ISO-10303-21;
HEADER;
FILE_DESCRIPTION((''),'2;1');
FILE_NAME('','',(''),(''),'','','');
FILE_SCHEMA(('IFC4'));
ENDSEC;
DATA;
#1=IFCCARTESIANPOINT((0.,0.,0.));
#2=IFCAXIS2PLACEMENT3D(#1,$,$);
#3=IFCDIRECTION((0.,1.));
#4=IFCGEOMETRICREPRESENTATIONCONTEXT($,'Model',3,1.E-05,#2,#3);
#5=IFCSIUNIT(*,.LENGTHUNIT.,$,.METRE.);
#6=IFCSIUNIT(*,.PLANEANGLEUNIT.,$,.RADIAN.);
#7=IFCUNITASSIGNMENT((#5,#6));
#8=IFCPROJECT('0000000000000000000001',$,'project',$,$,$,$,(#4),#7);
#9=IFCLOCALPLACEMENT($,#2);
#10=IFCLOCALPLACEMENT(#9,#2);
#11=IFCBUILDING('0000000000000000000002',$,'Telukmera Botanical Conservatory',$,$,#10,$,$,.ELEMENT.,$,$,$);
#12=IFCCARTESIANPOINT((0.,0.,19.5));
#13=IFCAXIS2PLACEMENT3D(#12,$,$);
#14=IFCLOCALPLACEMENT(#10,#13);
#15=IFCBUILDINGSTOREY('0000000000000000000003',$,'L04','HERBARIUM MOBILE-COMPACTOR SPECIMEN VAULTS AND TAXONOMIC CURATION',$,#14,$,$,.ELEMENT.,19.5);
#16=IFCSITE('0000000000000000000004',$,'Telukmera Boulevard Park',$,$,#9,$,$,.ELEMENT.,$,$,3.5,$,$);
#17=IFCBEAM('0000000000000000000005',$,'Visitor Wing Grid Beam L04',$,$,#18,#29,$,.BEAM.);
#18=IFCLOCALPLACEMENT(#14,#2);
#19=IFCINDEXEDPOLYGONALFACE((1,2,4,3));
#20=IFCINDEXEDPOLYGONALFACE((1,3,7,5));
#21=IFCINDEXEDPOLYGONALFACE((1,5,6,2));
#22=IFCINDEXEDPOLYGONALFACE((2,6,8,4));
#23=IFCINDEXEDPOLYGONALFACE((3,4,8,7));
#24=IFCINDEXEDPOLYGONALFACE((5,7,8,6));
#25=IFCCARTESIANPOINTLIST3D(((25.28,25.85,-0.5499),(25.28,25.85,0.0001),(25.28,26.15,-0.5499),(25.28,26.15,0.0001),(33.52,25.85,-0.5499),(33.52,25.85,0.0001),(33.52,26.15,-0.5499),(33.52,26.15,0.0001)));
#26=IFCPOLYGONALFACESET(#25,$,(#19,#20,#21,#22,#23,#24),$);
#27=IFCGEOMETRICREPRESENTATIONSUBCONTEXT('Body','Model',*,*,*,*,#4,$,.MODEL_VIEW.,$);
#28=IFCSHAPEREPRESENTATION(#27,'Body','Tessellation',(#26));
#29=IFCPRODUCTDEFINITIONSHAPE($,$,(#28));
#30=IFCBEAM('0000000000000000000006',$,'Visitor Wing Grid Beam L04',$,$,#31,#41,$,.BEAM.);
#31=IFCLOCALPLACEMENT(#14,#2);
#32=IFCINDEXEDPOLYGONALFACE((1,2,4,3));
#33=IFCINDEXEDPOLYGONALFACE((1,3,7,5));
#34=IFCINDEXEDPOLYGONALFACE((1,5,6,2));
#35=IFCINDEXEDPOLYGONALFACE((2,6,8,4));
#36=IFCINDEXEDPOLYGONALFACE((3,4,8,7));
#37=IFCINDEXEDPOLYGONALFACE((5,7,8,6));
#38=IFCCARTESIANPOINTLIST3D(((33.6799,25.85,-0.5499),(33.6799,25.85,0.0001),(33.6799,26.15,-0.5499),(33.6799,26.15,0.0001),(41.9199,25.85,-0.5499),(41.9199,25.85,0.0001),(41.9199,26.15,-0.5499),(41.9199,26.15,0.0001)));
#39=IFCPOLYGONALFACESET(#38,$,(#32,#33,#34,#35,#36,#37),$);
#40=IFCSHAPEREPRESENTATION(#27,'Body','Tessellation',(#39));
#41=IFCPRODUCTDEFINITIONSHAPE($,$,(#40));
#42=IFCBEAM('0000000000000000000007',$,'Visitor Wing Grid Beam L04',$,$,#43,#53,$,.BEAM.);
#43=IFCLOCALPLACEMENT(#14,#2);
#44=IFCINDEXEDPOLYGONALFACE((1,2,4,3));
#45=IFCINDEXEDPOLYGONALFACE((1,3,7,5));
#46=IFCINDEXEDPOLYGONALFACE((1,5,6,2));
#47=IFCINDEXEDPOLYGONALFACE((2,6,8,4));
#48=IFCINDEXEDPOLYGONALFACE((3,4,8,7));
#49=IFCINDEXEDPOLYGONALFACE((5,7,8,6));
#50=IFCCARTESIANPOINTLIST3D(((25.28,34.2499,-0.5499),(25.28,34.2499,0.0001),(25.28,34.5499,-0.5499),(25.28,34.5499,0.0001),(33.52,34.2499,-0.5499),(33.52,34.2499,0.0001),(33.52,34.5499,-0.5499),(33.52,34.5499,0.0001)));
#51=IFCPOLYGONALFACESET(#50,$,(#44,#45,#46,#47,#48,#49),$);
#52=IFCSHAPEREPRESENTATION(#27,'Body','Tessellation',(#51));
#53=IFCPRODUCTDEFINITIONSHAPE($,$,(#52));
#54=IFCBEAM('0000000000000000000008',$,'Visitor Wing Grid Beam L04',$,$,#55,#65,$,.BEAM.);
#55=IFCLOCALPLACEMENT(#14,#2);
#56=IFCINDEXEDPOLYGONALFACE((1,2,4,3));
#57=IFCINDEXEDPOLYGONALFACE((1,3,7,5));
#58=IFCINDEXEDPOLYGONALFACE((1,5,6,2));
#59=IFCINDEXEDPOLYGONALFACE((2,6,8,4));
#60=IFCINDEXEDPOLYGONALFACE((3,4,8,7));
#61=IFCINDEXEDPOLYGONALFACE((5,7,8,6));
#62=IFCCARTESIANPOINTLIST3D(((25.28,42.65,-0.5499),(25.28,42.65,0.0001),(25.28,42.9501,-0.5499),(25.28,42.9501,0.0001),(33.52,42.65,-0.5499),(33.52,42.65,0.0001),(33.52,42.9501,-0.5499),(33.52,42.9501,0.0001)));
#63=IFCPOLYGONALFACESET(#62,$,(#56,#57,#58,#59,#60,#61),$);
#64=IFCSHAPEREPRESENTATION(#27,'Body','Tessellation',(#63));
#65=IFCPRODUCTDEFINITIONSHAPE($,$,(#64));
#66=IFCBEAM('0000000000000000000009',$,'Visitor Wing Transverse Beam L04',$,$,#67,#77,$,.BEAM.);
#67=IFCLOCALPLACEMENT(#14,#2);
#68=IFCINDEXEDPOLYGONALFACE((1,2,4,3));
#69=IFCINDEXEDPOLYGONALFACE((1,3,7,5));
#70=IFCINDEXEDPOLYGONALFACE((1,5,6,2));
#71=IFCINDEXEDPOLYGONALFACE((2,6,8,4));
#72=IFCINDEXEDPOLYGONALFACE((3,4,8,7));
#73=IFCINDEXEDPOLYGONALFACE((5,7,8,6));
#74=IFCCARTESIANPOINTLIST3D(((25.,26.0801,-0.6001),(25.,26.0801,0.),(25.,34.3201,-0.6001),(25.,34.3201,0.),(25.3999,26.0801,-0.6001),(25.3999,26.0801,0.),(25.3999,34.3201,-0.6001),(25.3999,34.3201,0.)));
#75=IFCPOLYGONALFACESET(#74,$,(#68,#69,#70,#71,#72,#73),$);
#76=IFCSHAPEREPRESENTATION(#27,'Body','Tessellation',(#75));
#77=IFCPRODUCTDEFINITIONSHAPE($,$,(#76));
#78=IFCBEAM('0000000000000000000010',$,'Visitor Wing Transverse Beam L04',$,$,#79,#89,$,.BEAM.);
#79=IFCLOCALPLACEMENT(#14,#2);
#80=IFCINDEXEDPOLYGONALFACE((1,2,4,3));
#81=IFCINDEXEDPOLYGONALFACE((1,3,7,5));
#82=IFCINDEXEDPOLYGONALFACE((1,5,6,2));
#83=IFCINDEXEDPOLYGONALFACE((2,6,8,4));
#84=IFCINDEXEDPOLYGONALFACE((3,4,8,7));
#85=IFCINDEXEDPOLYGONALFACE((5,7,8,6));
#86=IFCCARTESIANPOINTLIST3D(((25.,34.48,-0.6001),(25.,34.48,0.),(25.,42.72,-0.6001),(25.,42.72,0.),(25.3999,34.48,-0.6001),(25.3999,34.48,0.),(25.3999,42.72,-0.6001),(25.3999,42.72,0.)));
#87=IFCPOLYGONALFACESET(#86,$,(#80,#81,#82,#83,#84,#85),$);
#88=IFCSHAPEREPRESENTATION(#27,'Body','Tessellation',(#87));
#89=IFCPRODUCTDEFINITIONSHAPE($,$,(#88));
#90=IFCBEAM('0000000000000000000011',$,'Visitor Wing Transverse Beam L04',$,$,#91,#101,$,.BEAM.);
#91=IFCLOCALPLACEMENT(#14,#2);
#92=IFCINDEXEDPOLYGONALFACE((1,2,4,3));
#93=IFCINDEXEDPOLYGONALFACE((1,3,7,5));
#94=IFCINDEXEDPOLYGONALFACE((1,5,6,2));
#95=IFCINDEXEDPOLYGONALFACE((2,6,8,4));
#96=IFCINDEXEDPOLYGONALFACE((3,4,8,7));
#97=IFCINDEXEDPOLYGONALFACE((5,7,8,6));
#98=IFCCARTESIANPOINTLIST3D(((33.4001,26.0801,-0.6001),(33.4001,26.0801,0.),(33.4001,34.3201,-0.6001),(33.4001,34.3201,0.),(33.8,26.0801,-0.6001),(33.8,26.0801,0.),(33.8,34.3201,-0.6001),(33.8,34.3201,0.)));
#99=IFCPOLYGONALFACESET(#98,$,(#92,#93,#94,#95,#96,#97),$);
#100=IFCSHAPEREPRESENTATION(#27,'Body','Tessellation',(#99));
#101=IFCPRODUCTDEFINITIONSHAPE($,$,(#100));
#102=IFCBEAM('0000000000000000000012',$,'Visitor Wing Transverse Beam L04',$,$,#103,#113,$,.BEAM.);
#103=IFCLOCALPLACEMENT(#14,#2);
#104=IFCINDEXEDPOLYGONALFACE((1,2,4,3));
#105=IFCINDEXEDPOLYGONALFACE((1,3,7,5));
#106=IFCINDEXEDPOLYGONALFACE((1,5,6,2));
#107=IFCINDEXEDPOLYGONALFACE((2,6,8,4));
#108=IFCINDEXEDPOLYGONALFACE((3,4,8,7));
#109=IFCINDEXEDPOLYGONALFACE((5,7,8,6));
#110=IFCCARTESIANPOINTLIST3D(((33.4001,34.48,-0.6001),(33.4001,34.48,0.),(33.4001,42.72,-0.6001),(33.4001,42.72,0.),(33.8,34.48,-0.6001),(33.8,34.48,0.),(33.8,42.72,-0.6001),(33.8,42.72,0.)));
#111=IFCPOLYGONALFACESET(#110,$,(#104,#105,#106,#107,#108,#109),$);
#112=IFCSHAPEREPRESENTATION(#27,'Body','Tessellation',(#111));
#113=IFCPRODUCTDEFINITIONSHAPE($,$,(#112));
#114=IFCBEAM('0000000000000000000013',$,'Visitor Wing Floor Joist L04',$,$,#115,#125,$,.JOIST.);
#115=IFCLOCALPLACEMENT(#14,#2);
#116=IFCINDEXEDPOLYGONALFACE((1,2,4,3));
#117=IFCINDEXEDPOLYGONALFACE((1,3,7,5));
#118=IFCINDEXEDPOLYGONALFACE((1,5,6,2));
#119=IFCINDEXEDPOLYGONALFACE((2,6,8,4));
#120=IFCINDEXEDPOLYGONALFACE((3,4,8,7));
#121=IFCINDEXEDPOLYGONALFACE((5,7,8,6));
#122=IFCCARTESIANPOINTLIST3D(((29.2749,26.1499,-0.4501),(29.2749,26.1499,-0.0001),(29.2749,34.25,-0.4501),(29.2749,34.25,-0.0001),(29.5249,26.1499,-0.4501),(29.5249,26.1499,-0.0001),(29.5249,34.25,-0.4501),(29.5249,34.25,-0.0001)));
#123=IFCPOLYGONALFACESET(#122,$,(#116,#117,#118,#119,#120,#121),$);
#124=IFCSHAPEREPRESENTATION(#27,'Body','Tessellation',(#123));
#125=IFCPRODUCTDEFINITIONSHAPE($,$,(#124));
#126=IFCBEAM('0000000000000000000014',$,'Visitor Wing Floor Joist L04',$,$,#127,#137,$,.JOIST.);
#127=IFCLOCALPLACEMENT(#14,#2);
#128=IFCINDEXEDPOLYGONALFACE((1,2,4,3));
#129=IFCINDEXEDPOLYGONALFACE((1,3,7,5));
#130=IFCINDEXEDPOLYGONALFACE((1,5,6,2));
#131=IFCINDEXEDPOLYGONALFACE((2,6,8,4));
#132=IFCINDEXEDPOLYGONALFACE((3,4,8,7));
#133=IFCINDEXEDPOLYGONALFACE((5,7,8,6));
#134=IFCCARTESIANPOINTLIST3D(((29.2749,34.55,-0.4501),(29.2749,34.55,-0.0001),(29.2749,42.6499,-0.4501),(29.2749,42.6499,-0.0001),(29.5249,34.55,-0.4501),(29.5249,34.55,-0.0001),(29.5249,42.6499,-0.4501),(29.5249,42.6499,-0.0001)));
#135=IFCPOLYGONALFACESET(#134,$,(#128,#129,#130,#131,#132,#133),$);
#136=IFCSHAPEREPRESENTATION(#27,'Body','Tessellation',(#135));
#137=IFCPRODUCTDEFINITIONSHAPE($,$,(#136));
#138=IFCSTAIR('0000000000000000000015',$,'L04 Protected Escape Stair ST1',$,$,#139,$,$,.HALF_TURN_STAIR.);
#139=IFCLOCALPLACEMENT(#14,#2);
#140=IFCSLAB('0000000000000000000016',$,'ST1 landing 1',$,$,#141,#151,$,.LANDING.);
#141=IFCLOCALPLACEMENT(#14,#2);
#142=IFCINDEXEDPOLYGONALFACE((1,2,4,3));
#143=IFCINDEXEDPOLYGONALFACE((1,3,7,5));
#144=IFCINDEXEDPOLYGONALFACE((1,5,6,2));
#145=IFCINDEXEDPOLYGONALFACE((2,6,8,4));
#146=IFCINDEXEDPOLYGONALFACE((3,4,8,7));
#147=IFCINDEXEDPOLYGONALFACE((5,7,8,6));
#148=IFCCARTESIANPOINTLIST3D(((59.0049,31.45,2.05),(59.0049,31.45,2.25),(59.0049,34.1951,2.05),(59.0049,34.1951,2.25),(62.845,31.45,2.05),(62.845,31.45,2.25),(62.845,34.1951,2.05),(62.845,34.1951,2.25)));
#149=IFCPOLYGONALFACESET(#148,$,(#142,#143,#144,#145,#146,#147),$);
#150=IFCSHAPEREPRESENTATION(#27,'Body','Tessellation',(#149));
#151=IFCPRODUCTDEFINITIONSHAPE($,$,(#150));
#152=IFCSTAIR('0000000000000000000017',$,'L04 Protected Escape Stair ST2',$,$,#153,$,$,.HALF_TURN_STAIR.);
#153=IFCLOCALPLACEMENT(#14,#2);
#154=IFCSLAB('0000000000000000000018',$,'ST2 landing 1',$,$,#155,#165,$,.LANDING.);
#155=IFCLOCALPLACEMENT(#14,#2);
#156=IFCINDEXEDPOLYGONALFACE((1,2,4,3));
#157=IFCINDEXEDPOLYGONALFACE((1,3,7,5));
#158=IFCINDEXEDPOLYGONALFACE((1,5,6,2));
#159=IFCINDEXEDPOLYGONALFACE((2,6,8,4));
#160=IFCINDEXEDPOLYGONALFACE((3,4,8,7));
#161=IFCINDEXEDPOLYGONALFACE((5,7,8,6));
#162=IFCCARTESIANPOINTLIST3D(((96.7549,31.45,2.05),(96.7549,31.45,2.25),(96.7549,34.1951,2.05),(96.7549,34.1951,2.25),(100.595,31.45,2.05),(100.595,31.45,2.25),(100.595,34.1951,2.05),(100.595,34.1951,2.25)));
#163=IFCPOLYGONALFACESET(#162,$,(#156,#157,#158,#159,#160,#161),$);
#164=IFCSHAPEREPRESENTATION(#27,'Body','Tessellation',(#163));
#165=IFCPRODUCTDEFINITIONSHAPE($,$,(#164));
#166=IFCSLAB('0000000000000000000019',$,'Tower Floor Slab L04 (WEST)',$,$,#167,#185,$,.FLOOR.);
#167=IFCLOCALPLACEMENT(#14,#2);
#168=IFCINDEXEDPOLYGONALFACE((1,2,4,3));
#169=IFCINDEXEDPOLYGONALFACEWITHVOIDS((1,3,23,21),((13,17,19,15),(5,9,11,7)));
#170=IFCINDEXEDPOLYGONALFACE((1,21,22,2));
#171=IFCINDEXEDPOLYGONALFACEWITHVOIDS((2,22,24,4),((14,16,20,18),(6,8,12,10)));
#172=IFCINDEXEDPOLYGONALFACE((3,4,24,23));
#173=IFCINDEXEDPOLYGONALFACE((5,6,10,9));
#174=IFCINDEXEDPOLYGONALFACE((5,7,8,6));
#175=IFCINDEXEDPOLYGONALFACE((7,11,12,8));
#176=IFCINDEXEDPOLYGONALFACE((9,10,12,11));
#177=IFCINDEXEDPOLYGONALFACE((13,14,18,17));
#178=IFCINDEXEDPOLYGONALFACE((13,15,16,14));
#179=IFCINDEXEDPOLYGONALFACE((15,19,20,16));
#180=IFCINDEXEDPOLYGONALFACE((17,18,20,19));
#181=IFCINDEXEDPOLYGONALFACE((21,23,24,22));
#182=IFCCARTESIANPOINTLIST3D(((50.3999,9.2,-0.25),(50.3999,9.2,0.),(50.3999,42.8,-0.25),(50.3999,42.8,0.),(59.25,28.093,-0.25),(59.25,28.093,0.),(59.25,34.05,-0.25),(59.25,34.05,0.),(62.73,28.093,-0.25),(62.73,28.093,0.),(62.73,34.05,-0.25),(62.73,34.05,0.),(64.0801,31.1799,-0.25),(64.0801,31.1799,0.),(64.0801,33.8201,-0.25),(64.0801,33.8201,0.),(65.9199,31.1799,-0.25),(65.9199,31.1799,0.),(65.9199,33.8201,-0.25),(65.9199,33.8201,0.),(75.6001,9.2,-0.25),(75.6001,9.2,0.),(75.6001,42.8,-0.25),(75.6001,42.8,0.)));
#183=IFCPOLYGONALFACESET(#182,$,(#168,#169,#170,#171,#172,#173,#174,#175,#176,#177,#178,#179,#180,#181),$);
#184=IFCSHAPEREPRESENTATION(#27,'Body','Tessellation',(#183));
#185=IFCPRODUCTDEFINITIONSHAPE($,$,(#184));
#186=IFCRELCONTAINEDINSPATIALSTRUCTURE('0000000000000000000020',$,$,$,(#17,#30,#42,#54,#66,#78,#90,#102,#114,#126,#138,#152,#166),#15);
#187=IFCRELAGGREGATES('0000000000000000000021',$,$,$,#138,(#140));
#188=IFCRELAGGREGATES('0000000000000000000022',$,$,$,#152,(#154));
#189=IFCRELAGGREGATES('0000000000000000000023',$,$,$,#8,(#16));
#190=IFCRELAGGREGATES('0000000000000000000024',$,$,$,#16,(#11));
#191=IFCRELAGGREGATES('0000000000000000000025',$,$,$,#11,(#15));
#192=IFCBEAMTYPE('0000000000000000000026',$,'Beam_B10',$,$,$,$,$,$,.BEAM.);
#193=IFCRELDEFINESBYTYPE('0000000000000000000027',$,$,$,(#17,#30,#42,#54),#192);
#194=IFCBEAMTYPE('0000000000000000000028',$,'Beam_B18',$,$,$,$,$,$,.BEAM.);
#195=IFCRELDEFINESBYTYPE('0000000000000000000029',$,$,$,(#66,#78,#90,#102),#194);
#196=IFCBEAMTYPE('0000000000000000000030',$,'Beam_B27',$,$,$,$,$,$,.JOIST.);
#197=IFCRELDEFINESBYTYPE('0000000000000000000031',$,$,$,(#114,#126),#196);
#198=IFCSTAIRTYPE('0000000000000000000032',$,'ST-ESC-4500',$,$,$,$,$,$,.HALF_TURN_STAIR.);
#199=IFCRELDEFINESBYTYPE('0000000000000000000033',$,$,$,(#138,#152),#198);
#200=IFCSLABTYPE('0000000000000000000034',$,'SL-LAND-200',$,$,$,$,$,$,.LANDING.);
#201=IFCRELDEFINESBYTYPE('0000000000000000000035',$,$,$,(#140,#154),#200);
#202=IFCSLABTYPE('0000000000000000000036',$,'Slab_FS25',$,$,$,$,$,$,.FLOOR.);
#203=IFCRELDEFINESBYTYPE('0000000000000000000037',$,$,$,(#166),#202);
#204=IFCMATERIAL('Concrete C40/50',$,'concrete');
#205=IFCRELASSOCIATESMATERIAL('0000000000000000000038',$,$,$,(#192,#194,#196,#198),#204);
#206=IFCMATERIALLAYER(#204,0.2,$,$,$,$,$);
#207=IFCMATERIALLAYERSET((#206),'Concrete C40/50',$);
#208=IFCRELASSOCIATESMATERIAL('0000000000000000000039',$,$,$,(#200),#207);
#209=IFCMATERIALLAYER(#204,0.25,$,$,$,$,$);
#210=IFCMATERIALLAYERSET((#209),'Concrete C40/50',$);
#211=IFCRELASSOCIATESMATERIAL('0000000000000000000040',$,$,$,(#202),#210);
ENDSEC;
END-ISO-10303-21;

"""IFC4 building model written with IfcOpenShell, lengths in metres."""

from ifc_helpers import new_model, si_unit, direction, frame, origin, origin_2d, place, context, subcontext, project, spatial, polyline, rectangle, outline, extrude, material, layer, layer_set, material_profile, profile_set, type_object, element, aggregate, save


model = new_model("IFC4")

# Units and contexts
model_context = context("Model", 3, precision=1e-05, world=origin(), true_north=direction((0.0, 1.0)))
body_context = subcontext(model_context, "Body", "Model", "MODEL_VIEW")
ifc_project = project(units=[si_unit("LENGTHUNIT", "METRE"), si_unit("PLANEANGLEUNIT", "RADIAN")], contexts=[model_context])

# Site, building, storey
site_placement = place(None, origin())
site = spatial("IfcSite", under=ifc_project, at=site_placement, Name="Telukmera Boulevard Park", CompositionType="ELEMENT", RefElevation=3.5)
building_placement = place(site_placement, origin())
building = spatial("IfcBuilding", under=site, at=building_placement, Name="Telukmera Botanical Conservatory", CompositionType="ELEMENT")
storey_placement = place(building_placement, frame((0.0, 0.0, 19.5)))
storey = spatial("IfcBuildingStorey", under=building, at=storey_placement, Name="L04", Description="HERBARIUM MOBILE-COMPACTOR SPECIMEN VAULTS AND TAXONOMIC CURATION", CompositionType="ELEMENT", Elevation=19.5)

# Beams
ifc_material_1 = material(Name="Concrete C40/50", Category="concrete")
ifc_material_profile_1 = material_profile(ifc_material_1, rectangle(XDim=0.3, YDim=0.55, at=origin_2d()), Name="RC 300x550")
ifc_profile_set_1 = profile_set([ifc_material_profile_1], Name="Concrete C40/50")
beam_type_1 = type_object("IfcBeamType", Name="Beam_B10", PredefinedType="BEAM", material=ifc_profile_set_1)
for number, where, z_axis, x_axis, name in (
    (1, (25.28, 26.0, -0.2749), (1.0, 0.0, 0.0), (0.0, 1.0, 0.0), "Visitor Wing Grid Beam L04"),
    (2, (33.6799, 26.0, -0.2749), (1.0, 0.0, 0.0), (0.0, 1.0, 0.0), "Visitor Wing Grid Beam L04"),
    (3, (25.28, 34.3999, -0.2749), (1.0, 0.0, 0.0), (0.0, 1.0, 0.0), "Visitor Wing Grid Beam L04"),
    (4, (25.28, 42.8, -0.2749), (1.0, 0.0, 0.0), (0.0, 1.0, 0.0), "Visitor Wing Grid Beam L04"),
):
    element("IfcBeam", number, at=place(storey_placement, frame(where, z_axis=z_axis, x_axis=x_axis)), inside=storey, type_object=beam_type_1, Name=name, PredefinedType="BEAM", context=body_context, shape_type="SweptSolid", body=[
        extrude(rectangle(XDim=0.3, YDim=0.55, at=origin_2d()), origin(), (0.0, 0.0, 1.0), 8.24),
    ])
ifc_material_profile_2 = material_profile(ifc_material_1, rectangle(XDim=0.3999, YDim=0.6001, at=origin_2d()), Name="RC 400x600")
ifc_profile_set_2 = profile_set([ifc_material_profile_2], Name="Concrete C40/50")
beam_type_2 = type_object("IfcBeamType", Name="Beam_B18", PredefinedType="BEAM", material=ifc_profile_set_2)
for number, where, z_axis, x_axis, name in (
    (5, (25.2, 26.0801, -0.3), (0.0, 1.0, 0.0), (-1.0, 0.0, 0.0), "Visitor Wing Transverse Beam L04"),
    (6, (25.2, 34.48, -0.3), (0.0, 1.0, 0.0), (-1.0, 0.0, 0.0), "Visitor Wing Transverse Beam L04"),
    (7, (33.6001, 26.0801, -0.3), (0.0, 1.0, 0.0), (-1.0, 0.0, 0.0), "Visitor Wing Transverse Beam L04"),
    (8, (33.6001, 34.48, -0.3), (0.0, 1.0, 0.0), (-1.0, 0.0, 0.0), "Visitor Wing Transverse Beam L04"),
):
    element("IfcBeam", number, at=place(storey_placement, frame(where, z_axis=z_axis, x_axis=x_axis)), inside=storey, type_object=beam_type_2, Name=name, PredefinedType="BEAM", context=body_context, shape_type="SweptSolid", body=[
        extrude(rectangle(XDim=0.3999, YDim=0.6001, at=origin_2d()), origin(), (0.0, 0.0, 1.0), 8.24),
    ])
ifc_material_profile_3 = material_profile(ifc_material_1, rectangle(XDim=0.25, YDim=0.45, at=origin_2d()), Name="RC 250x450")
ifc_profile_set_3 = profile_set([ifc_material_profile_3], Name="Concrete C40/50")
beam_type_3 = type_object("IfcBeamType", Name="Beam_B27", PredefinedType="JOIST", material=ifc_profile_set_3)
beam_1_placement = place(storey_placement, frame((29.3999, 26.1499, -0.2251), z_axis=(0.0, 1.0, 0.0), x_axis=(-1.0, 0.0, 0.0)))
element("IfcBeam", 9, at=beam_1_placement, inside=storey, type_object=beam_type_3, Name="Visitor Wing Floor Joist L04", PredefinedType="JOIST", context=body_context, shape_type="SweptSolid", body=[
    extrude(rectangle(XDim=0.25, YDim=0.45, at=origin_2d()), origin(), (0.0, 0.0, 1.0), 8.1001),
])
beam_2_placement = place(storey_placement, frame((29.3999, 34.55, -0.2251), z_axis=(0.0, 1.0, 0.0), x_axis=(-1.0, 0.0, 0.0)))
element("IfcBeam", 10, at=beam_2_placement, inside=storey, type_object=beam_type_3, Name="Visitor Wing Floor Joist L04", PredefinedType="JOIST", context=body_context, shape_type="SweptSolid", body=[
    extrude(rectangle(XDim=0.25, YDim=0.45, at=origin_2d()), origin(), (0.0, 0.0, 1.0), 8.0999),
])

# Stairs, slabs
stair_type = type_object("IfcStairType", Name="ST-ESC-4500", PredefinedType="HALF_TURN_STAIR", material=ifc_material_1)
stair_1_placement = place(storey_placement, origin())
stair_1 = element("IfcStair", 11, at=stair_1_placement, inside=storey, type_object=stair_type, Name="L04 Protected Escape Stair ST1", PredefinedType="HALF_TURN_STAIR")
ifc_layer_1 = layer(ifc_material_1, 0.2)
ifc_layer_set_1 = layer_set([ifc_layer_1], Name="Concrete C40/50")
slab_type_1 = type_object("IfcSlabType", Name="SL-LAND-200", PredefinedType="LANDING", material=ifc_layer_set_1)
slab_1_placement = place(storey_placement, frame((0.0, 0.0, 2.05)))
slab_1 = element("IfcSlab", 12, at=slab_1_placement, type_object=slab_type_1, Name="ST1 landing 1", PredefinedType="LANDING", context=body_context, shape_type="SweptSolid", body=[
    extrude(outline(polyline([(59.0049, 31.45), (62.845, 31.45), (62.845, 34.1951), (59.0049, 34.1951), (59.0049, 31.45)])), origin(), (0.0, 0.0, 1.0), 0.2),
])
aggregate(stair_1, [slab_1])
stair_2_placement = place(storey_placement, origin())
stair_2 = element("IfcStair", 13, at=stair_2_placement, inside=storey, type_object=stair_type, Name="L04 Protected Escape Stair ST2", PredefinedType="HALF_TURN_STAIR")
slab_2_placement = place(storey_placement, frame((0.0, 0.0, 2.05)))
slab_2 = element("IfcSlab", 14, at=slab_2_placement, type_object=slab_type_1, Name="ST2 landing 1", PredefinedType="LANDING", context=body_context, shape_type="SweptSolid", body=[
    extrude(outline(polyline([(96.7549, 31.45), (100.595, 31.45), (100.595, 34.1951), (96.7549, 34.1951), (96.7549, 31.45)])), origin(), (0.0, 0.0, 1.0), 0.2),
])
aggregate(stair_2, [slab_2])

# Slab
ifc_layer_2 = layer(ifc_material_1, 0.25)
ifc_layer_set_2 = layer_set([ifc_layer_2], Name="Concrete C40/50")
slab_type_2 = type_object("IfcSlabType", Name="Slab_FS25", PredefinedType="FLOOR", material=ifc_layer_set_2)
slab_3_placement = place(storey_placement, frame((0.0, 0.0, -0.25)))
element("IfcSlab", 15, at=slab_3_placement, inside=storey, type_object=slab_type_2, Name="Tower Floor Slab L04 (WEST)", PredefinedType="FLOOR", context=body_context, shape_type="SweptSolid", body=[
    extrude(outline(polyline([(50.3999, 9.2), (75.6001, 9.2), (75.6001, 42.8), (50.3999, 42.8), (50.3999, 9.2)]), holes=[polyline([(62.73, 28.093), (62.73, 34.05), (59.25, 34.05), (59.25, 28.093), (62.73, 28.093)]), polyline([(64.0801, 31.1799), (65.9199, 31.1799), (65.9199, 33.8201), (64.0801, 33.8201), (64.0801, 31.1799)])]), origin(), (0.0, 0.0, 1.0), 0.25),
])

save(model, "model.ifc")
